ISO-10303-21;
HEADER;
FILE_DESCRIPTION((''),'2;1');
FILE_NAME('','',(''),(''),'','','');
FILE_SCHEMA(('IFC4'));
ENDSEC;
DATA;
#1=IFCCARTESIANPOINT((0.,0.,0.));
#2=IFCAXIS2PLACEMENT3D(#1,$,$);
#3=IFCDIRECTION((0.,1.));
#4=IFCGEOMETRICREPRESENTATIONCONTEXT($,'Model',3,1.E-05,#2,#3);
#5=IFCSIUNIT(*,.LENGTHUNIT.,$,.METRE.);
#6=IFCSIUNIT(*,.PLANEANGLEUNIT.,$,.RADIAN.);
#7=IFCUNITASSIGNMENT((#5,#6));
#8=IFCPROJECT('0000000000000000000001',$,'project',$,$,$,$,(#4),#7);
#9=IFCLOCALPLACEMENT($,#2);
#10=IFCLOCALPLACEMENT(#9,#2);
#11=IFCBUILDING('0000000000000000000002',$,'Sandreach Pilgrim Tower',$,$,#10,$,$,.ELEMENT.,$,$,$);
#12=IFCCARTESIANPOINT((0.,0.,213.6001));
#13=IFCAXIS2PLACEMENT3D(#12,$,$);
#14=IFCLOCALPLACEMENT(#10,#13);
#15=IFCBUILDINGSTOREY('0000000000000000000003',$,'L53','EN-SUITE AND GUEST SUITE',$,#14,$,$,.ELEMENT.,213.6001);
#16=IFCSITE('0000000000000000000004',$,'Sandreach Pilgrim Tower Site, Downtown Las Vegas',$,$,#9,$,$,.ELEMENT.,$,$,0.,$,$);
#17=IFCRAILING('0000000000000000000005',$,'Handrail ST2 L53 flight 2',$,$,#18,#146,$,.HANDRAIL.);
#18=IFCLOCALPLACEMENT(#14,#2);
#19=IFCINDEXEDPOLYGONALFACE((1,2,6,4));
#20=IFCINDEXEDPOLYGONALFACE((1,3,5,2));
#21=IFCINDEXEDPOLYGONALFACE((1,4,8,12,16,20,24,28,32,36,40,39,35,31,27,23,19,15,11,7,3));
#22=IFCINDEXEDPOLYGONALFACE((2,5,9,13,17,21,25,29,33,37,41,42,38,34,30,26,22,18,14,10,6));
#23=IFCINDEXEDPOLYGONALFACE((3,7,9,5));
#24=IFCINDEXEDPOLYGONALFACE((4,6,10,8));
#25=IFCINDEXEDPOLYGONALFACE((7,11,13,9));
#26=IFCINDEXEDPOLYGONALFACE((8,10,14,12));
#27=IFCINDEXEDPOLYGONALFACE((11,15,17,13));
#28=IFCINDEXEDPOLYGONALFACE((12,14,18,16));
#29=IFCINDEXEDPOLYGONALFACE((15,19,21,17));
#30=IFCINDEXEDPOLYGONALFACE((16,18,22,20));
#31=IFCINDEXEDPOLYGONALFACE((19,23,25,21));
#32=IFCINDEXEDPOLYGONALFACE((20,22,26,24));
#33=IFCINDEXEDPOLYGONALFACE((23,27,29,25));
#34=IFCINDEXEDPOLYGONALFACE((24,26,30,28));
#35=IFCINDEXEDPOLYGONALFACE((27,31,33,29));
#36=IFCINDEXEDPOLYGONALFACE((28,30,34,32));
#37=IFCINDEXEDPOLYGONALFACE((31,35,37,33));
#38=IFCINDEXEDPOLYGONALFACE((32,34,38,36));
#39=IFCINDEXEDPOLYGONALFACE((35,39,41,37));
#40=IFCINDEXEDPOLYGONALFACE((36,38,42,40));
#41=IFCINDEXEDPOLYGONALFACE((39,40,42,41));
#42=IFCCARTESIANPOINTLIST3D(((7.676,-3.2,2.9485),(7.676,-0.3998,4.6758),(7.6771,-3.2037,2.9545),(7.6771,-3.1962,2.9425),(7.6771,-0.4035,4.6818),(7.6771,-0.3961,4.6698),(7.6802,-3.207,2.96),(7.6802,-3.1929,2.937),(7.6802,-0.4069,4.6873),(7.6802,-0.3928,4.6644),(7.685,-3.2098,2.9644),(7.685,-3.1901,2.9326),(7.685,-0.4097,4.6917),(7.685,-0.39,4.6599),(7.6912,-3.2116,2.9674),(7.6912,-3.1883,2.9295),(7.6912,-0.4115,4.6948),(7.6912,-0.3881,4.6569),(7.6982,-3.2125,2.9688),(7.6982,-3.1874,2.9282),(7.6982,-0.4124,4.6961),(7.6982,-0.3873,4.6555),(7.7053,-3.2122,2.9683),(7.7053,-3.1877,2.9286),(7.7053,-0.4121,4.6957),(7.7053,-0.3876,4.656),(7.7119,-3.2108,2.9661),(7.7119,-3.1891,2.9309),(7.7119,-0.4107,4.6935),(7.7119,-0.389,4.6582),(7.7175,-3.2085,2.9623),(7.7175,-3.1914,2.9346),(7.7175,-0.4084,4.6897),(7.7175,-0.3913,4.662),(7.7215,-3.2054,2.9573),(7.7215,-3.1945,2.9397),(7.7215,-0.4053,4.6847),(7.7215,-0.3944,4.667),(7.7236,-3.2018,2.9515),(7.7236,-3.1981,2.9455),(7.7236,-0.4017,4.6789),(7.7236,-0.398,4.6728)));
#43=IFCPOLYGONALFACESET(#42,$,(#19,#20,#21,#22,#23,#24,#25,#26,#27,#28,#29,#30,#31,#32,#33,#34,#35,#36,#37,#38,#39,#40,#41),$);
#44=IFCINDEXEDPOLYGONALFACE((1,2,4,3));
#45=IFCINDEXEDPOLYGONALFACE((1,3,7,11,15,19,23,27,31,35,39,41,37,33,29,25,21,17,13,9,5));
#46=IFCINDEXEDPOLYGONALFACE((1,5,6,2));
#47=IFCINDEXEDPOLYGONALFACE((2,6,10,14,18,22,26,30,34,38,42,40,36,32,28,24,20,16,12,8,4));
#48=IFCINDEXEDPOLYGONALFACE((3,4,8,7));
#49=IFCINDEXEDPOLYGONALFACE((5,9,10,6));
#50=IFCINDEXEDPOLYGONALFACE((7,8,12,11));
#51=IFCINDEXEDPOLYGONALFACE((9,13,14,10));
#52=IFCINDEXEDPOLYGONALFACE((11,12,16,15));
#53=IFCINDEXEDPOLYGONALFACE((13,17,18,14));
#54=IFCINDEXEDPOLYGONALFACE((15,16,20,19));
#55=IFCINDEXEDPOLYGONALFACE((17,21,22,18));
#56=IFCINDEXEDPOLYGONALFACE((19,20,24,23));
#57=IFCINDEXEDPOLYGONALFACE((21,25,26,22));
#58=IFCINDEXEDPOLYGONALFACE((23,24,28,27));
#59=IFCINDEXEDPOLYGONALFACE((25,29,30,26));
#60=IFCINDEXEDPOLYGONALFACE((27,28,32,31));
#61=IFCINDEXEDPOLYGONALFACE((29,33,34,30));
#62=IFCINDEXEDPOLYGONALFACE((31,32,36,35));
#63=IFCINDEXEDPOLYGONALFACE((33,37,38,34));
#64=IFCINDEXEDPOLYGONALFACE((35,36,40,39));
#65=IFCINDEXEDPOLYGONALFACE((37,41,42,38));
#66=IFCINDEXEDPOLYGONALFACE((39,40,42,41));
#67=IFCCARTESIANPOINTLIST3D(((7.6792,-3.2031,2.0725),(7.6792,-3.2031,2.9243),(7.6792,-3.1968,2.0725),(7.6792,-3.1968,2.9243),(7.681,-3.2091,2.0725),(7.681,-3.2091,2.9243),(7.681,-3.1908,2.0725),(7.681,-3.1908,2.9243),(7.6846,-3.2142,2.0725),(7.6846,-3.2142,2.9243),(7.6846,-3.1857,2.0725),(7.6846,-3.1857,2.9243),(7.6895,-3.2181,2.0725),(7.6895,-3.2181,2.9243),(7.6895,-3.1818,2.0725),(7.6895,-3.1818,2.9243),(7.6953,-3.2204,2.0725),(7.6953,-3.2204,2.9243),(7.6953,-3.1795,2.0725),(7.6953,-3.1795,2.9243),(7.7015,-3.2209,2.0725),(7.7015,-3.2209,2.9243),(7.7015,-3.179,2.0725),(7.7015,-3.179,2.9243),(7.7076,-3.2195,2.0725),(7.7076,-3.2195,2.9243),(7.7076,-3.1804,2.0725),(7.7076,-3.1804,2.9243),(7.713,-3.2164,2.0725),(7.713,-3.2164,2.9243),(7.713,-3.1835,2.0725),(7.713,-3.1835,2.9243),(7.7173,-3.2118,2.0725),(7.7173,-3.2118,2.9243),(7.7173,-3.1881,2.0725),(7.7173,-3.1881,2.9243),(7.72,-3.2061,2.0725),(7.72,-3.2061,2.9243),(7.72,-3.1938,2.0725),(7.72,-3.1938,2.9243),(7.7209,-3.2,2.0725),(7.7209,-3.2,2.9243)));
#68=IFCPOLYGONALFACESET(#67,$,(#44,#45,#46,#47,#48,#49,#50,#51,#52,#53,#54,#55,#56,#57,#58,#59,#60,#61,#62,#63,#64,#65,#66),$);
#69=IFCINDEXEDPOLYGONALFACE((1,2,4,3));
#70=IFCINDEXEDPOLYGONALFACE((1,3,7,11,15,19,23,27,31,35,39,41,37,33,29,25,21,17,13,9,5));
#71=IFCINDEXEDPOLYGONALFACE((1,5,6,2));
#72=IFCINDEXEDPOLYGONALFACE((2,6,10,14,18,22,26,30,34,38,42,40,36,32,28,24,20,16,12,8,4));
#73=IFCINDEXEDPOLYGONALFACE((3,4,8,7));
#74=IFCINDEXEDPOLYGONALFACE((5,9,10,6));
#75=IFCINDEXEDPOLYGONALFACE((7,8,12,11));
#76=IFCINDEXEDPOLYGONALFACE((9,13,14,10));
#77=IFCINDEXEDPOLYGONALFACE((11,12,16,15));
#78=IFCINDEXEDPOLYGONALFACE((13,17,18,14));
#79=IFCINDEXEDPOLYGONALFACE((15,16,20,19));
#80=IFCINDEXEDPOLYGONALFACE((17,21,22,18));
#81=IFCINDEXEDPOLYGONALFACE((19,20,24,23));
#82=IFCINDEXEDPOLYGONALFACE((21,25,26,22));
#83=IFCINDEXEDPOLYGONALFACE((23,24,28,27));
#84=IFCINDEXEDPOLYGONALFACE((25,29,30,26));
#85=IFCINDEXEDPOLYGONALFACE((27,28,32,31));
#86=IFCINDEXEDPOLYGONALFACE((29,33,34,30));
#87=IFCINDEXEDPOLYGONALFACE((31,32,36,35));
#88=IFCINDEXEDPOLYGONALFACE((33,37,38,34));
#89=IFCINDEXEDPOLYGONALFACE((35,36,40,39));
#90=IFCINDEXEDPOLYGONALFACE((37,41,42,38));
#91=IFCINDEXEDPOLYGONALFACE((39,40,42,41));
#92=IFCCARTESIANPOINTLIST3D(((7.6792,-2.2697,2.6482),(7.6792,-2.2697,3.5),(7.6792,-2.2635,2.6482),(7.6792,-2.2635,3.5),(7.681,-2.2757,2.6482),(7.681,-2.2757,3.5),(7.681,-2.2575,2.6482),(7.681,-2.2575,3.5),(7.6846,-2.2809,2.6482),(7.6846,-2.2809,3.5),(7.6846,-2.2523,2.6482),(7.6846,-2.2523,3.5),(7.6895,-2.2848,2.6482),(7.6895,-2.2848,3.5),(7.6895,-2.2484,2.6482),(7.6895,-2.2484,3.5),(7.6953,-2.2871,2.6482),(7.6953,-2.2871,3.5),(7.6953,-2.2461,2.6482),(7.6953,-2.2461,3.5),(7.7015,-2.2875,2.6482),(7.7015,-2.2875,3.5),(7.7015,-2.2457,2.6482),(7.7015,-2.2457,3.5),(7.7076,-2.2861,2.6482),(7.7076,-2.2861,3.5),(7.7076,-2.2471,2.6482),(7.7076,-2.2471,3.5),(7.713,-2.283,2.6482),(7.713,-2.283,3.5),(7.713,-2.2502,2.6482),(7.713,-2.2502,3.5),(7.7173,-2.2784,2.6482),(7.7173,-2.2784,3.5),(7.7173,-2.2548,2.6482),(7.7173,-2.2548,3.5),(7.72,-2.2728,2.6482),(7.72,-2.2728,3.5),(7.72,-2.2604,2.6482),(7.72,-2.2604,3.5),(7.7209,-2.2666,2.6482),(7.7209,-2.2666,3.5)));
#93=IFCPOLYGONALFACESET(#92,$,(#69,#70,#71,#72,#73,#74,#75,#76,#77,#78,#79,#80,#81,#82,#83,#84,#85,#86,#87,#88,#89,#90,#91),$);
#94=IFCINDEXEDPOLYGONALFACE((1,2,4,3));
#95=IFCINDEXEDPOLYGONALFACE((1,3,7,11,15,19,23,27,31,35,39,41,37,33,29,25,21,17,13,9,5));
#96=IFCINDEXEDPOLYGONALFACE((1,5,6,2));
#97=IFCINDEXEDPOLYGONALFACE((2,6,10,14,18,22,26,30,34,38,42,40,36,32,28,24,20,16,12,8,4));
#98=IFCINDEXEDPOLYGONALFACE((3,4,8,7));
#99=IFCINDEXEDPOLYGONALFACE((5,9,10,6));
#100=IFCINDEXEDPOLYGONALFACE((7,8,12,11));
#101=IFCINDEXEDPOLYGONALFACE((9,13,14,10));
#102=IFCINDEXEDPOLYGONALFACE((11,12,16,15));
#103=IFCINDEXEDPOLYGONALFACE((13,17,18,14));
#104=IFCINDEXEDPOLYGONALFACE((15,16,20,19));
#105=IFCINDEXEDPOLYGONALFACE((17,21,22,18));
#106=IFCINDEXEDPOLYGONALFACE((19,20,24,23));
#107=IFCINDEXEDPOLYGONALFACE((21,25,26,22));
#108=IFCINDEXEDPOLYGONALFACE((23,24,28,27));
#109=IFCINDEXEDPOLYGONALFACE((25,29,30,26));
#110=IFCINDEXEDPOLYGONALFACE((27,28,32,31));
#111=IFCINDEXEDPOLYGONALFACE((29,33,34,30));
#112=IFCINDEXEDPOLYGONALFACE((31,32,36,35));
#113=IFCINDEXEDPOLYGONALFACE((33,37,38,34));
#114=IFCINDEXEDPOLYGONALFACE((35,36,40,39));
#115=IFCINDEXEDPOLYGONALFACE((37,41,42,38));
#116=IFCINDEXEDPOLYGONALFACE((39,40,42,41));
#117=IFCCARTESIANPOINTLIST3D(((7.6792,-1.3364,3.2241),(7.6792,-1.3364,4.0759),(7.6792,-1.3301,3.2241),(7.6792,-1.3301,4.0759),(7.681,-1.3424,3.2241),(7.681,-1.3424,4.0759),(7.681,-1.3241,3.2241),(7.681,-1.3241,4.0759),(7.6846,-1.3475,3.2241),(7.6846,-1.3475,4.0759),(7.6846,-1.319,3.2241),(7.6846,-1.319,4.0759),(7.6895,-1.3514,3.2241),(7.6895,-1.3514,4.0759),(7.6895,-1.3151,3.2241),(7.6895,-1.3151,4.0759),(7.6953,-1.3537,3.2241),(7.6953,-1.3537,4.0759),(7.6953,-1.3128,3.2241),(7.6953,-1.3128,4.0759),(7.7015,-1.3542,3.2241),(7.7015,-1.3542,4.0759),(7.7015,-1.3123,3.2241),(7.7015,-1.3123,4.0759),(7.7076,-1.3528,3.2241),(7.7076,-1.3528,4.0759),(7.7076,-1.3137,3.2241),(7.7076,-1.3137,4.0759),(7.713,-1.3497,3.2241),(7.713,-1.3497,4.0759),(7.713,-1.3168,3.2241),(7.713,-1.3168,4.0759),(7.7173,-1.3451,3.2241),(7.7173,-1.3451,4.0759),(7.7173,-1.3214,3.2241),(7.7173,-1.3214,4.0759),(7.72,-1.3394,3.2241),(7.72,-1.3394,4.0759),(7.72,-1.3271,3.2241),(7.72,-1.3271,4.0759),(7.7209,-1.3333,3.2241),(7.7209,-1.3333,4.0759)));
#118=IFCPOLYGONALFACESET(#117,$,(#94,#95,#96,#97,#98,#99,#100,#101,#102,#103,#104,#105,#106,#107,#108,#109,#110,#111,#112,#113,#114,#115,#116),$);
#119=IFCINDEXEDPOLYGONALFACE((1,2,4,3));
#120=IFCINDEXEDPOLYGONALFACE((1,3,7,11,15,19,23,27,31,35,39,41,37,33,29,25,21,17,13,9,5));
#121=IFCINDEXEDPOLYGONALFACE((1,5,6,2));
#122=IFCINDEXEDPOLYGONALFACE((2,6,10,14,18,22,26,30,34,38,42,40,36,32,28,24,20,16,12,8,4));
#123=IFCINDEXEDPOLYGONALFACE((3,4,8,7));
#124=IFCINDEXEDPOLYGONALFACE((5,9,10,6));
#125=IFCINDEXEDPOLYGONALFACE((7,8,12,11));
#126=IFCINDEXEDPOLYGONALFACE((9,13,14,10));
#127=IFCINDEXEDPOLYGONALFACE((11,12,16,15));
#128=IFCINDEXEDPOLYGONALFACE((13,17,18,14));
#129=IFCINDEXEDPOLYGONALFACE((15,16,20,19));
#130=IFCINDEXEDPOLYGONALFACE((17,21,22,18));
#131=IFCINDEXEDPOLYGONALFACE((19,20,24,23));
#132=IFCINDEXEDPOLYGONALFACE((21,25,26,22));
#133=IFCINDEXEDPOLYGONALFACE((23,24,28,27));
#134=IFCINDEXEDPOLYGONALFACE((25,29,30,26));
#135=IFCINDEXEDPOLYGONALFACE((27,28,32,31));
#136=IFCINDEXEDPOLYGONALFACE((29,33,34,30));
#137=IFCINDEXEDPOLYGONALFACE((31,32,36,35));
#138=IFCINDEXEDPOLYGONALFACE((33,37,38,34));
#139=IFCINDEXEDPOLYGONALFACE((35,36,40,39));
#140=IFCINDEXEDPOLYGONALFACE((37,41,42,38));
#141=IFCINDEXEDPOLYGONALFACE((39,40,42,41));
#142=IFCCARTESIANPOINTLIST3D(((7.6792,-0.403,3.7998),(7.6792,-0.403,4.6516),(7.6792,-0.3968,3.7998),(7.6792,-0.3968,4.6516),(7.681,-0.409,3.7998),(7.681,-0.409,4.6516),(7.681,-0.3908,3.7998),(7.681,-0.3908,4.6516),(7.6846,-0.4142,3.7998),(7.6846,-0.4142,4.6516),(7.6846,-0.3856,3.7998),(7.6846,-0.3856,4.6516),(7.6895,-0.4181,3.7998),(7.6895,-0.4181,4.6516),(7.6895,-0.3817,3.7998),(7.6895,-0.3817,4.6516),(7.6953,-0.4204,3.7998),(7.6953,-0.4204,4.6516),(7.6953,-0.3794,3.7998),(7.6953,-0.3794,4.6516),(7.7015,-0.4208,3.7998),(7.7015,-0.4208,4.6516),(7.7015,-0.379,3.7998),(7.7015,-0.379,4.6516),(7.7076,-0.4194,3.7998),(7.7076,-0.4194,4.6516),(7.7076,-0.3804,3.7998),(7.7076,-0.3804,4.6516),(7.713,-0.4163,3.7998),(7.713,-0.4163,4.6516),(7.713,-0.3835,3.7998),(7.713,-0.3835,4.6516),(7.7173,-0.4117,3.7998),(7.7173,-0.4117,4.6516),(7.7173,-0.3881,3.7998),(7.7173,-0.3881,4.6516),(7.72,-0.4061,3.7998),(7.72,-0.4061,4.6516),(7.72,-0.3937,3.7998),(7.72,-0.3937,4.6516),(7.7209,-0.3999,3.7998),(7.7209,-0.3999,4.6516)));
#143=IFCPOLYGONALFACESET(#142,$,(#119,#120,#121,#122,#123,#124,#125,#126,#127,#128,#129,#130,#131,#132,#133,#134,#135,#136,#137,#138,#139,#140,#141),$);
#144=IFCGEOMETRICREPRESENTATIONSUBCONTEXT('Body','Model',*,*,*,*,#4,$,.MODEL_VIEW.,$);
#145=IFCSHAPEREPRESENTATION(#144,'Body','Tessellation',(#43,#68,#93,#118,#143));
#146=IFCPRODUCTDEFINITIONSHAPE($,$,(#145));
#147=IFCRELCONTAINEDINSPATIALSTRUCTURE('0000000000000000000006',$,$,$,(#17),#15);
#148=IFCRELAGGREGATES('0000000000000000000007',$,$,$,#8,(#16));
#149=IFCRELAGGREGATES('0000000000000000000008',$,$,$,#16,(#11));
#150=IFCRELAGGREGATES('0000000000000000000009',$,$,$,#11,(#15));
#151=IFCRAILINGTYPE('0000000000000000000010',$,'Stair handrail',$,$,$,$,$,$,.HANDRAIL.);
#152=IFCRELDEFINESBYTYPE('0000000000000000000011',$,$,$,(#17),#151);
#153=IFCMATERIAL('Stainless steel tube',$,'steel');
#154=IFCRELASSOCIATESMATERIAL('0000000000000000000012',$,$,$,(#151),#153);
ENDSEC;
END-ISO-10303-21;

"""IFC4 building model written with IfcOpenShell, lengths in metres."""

from ifc_helpers import new_model, si_unit, direction, frame, origin, origin_2d, place, context, subcontext, project, spatial, circle, extrude, material, type_object, element, save


model = new_model("IFC4")

# Units and contexts
model_context = context("Model", 3, precision=1e-05, world=origin(), true_north=direction((0.0, 1.0)))
body_context = subcontext(model_context, "Body", "Model", "MODEL_VIEW")
ifc_project = project(units=[si_unit("LENGTHUNIT", "METRE"), si_unit("PLANEANGLEUNIT", "RADIAN")], contexts=[model_context])

# Site, building, storey
site_placement = place(None, origin())
site = spatial("IfcSite", under=ifc_project, at=site_placement, Name="Sandreach Pilgrim Tower Site, Downtown Las Vegas", CompositionType="ELEMENT", RefElevation=0.0)
building_placement = place(site_placement, origin())
building = spatial("IfcBuilding", under=site, at=building_placement, Name="Sandreach Pilgrim Tower", CompositionType="ELEMENT")
storey_placement = place(building_placement, frame((0.0, 0.0, 213.6001)))
storey = spatial("IfcBuildingStorey", under=building, at=storey_placement, Name="L53", Description="EN-SUITE AND GUEST SUITE", CompositionType="ELEMENT", Elevation=213.6001)

# Railing
ifc_material_1 = material(Name="Stainless steel tube", Category="steel")
railing_type = type_object("IfcRailingType", Name="Stair handrail", PredefinedType="HANDRAIL", material=ifc_material_1)
for number, where, name in (
    (1, (7.7, -3.2, 2.0725), "Handrail ST2 L53 flight 2"),
):
    element("IfcRailing", number, at=place(storey_placement, frame(where)), inside=storey, type_object=railing_type, Name=name, PredefinedType="HANDRAIL", context=body_context, shape_type="SweptSolid", body=[
        extrude(circle(Radius=0.0239, at=origin_2d()), frame((0.0, 0.0, 0.876), z_axis=(0.0, 0.85109, 0.52502), x_axis=(-1.0, 0.0, 0.0)), (0.0, 0.0, 1.0), 3.29),
        extrude(circle(Radius=0.021, at=origin_2d()), origin(), (0.0, 0.0, 1.0), 0.8518),
        extrude(circle(Radius=0.021, at=origin_2d()), frame((0.0, 0.9333, 0.5757)), (0.0, 0.0, 1.0), 0.8518),
        extrude(circle(Radius=0.021, at=origin_2d()), frame((0.0, 1.8667, 1.1516)), (0.0, 0.0, 1.0), 0.8518),
        extrude(circle(Radius=0.021, at=origin_2d()), frame((0.0, 2.8, 1.7273)), (0.0, 0.0, 1.0), 0.8518),
    ])

save(model, "model.ifc")
